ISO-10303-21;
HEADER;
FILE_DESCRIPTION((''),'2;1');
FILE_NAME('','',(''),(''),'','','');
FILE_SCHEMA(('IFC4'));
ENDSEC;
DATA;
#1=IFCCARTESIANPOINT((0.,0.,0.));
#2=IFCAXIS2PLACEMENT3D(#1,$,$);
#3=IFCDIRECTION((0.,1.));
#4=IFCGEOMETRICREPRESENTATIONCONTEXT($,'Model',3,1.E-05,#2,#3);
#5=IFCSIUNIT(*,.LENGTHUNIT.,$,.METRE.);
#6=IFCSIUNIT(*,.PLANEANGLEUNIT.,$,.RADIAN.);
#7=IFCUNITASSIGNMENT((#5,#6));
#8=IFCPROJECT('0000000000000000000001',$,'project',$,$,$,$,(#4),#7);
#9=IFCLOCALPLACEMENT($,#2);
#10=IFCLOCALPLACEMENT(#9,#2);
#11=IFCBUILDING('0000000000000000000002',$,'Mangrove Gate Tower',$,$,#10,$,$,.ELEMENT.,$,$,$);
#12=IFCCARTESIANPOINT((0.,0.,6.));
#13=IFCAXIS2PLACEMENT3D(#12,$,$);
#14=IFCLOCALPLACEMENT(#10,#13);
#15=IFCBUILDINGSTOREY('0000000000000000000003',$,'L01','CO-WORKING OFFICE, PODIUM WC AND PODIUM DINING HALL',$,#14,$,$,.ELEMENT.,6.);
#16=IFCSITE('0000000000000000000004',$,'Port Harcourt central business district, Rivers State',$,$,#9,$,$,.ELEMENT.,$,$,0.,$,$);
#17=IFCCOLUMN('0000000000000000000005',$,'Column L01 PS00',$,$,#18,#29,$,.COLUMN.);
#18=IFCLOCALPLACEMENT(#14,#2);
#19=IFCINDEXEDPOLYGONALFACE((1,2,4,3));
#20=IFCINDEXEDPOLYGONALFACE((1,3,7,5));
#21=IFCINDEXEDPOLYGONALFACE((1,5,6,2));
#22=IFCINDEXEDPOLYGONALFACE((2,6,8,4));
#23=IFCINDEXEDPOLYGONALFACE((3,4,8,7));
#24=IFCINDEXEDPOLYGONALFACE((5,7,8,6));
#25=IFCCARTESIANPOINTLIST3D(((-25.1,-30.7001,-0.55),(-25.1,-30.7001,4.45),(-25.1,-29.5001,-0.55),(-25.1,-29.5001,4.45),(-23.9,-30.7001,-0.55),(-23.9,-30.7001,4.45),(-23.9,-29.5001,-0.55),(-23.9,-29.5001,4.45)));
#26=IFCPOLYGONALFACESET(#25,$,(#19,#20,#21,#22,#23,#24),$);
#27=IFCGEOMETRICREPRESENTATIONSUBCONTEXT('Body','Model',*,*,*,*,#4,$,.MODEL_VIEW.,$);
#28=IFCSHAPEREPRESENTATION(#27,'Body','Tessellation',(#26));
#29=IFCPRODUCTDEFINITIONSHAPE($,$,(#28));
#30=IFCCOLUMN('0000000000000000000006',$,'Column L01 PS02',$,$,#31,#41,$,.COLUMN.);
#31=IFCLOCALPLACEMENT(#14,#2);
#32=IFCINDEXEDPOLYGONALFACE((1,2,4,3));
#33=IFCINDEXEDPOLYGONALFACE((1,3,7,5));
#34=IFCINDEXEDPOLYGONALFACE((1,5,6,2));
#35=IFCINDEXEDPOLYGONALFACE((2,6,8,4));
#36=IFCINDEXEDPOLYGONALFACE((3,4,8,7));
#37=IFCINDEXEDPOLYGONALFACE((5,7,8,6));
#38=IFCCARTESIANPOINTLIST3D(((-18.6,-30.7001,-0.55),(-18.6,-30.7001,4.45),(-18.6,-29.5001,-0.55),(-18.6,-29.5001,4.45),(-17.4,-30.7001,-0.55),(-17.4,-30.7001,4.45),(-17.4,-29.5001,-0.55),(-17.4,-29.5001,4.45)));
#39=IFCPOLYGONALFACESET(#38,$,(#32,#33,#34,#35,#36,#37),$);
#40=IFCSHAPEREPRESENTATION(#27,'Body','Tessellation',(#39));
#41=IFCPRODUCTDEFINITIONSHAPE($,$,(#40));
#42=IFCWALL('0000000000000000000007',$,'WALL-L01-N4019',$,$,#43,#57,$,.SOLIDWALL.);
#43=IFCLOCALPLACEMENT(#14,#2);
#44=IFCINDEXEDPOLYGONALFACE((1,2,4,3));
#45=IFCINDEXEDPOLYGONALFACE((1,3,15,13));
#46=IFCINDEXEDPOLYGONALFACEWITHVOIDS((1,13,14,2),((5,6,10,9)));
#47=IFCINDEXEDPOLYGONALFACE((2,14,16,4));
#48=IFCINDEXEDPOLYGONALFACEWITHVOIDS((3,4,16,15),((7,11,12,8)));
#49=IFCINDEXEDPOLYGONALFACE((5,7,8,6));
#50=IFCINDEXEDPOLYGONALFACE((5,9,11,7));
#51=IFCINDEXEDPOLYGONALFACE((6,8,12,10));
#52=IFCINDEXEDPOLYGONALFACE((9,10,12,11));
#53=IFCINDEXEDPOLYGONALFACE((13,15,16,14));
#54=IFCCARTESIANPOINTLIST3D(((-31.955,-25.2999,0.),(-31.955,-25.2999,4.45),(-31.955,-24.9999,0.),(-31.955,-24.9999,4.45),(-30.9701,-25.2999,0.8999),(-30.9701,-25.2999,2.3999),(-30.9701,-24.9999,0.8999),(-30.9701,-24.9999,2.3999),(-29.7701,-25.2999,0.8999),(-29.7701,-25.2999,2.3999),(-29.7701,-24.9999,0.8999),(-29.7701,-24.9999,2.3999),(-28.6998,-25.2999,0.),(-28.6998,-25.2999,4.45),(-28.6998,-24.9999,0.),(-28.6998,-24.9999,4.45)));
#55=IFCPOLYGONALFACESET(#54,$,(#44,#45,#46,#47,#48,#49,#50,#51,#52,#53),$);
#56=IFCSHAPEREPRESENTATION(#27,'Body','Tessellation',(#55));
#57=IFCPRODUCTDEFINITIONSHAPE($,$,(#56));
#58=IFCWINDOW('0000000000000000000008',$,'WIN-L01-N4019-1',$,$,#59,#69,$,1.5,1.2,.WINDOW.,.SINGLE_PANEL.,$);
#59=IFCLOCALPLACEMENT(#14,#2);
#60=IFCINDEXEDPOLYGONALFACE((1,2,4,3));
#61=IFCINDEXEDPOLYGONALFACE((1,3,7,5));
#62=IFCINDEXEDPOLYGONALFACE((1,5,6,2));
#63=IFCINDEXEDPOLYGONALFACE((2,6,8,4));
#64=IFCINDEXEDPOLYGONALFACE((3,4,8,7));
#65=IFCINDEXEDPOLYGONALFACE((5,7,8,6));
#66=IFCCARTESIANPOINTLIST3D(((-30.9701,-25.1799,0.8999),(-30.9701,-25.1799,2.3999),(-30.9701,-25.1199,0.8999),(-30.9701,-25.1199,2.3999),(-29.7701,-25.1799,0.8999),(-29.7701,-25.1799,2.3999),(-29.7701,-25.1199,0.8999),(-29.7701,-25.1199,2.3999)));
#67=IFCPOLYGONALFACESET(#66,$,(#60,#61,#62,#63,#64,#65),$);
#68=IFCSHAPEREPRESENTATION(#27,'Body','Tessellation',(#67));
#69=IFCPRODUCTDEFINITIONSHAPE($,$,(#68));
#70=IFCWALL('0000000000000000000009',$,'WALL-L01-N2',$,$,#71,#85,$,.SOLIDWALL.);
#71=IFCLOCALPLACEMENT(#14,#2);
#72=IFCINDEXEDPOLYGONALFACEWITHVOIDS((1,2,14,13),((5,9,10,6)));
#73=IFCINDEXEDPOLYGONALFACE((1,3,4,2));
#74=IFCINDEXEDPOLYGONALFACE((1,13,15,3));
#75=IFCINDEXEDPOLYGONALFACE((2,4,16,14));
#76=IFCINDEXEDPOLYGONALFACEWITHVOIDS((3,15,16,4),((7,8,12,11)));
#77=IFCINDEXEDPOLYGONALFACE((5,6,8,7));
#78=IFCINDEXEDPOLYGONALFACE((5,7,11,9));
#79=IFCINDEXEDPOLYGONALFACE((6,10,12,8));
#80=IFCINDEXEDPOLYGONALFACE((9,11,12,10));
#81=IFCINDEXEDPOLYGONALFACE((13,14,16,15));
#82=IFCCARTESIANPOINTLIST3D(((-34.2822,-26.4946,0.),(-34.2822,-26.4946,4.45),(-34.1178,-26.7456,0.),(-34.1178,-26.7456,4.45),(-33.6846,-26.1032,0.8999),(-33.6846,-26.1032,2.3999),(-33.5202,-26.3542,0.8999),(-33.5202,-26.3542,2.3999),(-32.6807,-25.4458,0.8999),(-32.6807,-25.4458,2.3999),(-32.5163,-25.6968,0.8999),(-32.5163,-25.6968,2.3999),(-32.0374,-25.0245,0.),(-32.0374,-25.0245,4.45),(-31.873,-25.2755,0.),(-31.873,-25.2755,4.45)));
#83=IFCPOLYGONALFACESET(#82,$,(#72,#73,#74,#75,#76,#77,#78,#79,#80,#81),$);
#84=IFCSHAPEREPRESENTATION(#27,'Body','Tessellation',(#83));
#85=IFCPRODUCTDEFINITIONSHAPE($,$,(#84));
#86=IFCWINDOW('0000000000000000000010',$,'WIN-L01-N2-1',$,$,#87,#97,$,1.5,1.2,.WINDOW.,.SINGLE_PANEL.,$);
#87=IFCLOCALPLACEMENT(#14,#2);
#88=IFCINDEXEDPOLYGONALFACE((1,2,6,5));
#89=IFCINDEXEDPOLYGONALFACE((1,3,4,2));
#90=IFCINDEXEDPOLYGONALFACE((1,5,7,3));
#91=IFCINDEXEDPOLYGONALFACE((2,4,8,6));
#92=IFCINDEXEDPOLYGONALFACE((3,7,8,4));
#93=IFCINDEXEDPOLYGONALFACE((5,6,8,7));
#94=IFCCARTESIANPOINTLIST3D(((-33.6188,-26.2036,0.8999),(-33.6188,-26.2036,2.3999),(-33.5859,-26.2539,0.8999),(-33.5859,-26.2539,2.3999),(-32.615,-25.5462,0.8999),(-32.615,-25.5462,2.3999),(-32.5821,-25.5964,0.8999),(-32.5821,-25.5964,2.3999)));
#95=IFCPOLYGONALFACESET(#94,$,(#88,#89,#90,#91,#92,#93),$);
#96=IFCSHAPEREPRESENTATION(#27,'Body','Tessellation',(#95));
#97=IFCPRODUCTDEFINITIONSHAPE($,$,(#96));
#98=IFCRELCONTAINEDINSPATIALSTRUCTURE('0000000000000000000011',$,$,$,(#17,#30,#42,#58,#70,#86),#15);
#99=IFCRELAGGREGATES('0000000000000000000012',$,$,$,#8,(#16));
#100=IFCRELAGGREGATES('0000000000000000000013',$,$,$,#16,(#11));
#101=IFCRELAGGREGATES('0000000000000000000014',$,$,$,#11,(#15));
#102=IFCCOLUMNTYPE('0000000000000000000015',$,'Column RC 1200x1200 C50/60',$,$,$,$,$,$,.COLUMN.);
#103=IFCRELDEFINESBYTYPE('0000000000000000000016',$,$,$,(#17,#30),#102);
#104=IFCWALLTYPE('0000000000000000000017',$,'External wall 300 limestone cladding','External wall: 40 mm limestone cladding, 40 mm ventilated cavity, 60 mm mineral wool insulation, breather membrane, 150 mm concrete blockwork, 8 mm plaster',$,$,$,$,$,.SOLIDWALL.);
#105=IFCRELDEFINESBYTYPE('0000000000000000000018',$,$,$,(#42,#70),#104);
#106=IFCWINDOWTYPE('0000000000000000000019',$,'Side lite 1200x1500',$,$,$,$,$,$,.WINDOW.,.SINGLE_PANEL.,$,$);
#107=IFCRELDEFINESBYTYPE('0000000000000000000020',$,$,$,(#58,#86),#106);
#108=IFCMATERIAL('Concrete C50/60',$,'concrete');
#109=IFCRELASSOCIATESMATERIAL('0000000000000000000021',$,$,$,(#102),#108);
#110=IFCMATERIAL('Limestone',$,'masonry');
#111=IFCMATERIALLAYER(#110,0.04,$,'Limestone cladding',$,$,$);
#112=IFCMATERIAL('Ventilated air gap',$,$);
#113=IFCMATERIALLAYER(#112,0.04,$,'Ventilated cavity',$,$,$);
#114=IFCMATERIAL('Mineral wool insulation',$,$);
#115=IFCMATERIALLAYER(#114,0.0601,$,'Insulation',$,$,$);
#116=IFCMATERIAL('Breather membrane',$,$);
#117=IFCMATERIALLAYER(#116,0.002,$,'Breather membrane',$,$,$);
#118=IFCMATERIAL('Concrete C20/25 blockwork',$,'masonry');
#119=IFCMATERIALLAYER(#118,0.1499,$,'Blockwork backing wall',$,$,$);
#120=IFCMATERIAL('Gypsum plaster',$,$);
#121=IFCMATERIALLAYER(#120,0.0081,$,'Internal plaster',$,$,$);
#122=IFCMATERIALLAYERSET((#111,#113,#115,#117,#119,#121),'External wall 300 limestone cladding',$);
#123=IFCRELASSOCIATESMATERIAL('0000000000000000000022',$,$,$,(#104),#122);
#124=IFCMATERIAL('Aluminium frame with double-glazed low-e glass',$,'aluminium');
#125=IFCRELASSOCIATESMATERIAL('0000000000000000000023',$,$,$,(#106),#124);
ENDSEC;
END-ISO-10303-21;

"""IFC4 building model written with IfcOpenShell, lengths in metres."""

from ifc_helpers import new_model, si_unit, direction, frame, frame_2d, origin, origin_2d, place, context, subcontext, project, spatial, rectangle, extrude, material, layer, layer_set, material_profile, profile_set, type_object, element, fill, save


model = new_model("IFC4")

# Units and contexts
model_context = context("Model", 3, precision=1e-05, world=origin(), true_north=direction((0.0, 1.0)))
body_context = subcontext(model_context, "Body", "Model", "MODEL_VIEW")
ifc_project = project(units=[si_unit("LENGTHUNIT", "METRE"), si_unit("PLANEANGLEUNIT", "RADIAN")], contexts=[model_context])

# Site, building, storey
site_placement = place(None, origin())
site = spatial("IfcSite", under=ifc_project, at=site_placement, Name="Port Harcourt central business district, Rivers State", CompositionType="ELEMENT", RefElevation=0.0)
building_placement = place(site_placement, origin())
building = spatial("IfcBuilding", under=site, at=building_placement, Name="Mangrove Gate Tower", CompositionType="ELEMENT")
storey_placement = place(building_placement, frame((0.0, 0.0, 6.0)))
storey = spatial("IfcBuildingStorey", under=building, at=storey_placement, Name="L01", Description="CO-WORKING OFFICE, PODIUM WC AND PODIUM DINING HALL", CompositionType="ELEMENT", Elevation=6.0)

# Columns
ifc_material_1 = material(Name="Concrete C50/60", Category="concrete")
ifc_material_profile = material_profile(ifc_material_1, rectangle(XDim=1.2, YDim=1.2, at=origin_2d()))
ifc_profile_set = profile_set([ifc_material_profile], Name="Concrete C50/60")
column_type = type_object("IfcColumnType", Name="Column RC 1200x1200 C50/60", PredefinedType="COLUMN", material=ifc_profile_set)
for number, where, z_axis, x_axis, name in (
    (1, (-24.5, -30.1001, -0.55), (0.0, 0.0, 1.0), (1.0, 0.0, 0.0), "Column L01 PS00"),
    (2, (-18.0, -30.1001, -0.55), (0.0, 0.0, 1.0), (1.0, 0.0, 0.0), "Column L01 PS02"),
):
    element("IfcColumn", number, at=place(storey_placement, frame(where, z_axis=z_axis, x_axis=x_axis)), inside=storey, type_object=column_type, Name=name, PredefinedType="COLUMN", context=body_context, shape_type="SweptSolid", body=[
        extrude(rectangle(XDim=1.2, YDim=1.2, at=origin_2d()), origin(), (0.0, 0.0, 1.0), 5.0),
    ])

# Walls, openings, windows
ifc_material_2 = material(Name="Limestone", Category="masonry")
ifc_layer_1 = layer(ifc_material_2, 0.04, Name="Limestone cladding")
ifc_material_3 = material(Name="Ventilated air gap")
ifc_layer_2 = layer(ifc_material_3, 0.04, Name="Ventilated cavity")
ifc_material_4 = material(Name="Mineral wool insulation")
ifc_layer_3 = layer(ifc_material_4, 0.0601, Name="Insulation")
ifc_material_5 = material(Name="Breather membrane")
ifc_layer_4 = layer(ifc_material_5, 0.002, Name="Breather membrane")
ifc_material_6 = material(Name="Concrete C20/25 blockwork", Category="masonry")
ifc_layer_5 = layer(ifc_material_6, 0.1499, Name="Blockwork backing wall")
ifc_material_7 = material(Name="Gypsum plaster")
ifc_layer_6 = layer(ifc_material_7, 0.0081, Name="Internal plaster")
ifc_layer_set = layer_set([ifc_layer_1, ifc_layer_2, ifc_layer_3, ifc_layer_4, ifc_layer_5, ifc_layer_6], Name="External wall 300 limestone cladding")
wall_type = type_object("IfcWallType", Name="External wall 300 limestone cladding", Description="External wall: 40 mm limestone cladding, 40 mm ventilated cavity, 60 mm mineral wool insulation, breather membrane, 150 mm concrete blockwork, 8 mm plaster", PredefinedType="SOLIDWALL", material=ifc_layer_set)
wall_1_placement = place(storey_placement, frame((-28.7, -25.1499, 0.0), z_axis=(0.0, 0.0, 1.0), x_axis=(-1.0, 0.0, 0.0)))
wall_1 = element("IfcWall", 3, at=wall_1_placement, inside=storey, type_object=wall_type, Name="WALL-L01-N4019", PredefinedType="SOLIDWALL", context=body_context, shape_type="SweptSolid", body=[
    extrude(rectangle(XDim=3.2551, YDim=0.3, at=frame_2d((1.6274, 0.0))), origin(), (0.0, 0.0, 1.0), 4.45),
])
opening_1_placement = place(wall_1_placement, frame((1.0701, 0.0, 0.8999)))
opening_1 = element("IfcOpeningElement", 4, at=opening_1_placement, cuts=wall_1, PredefinedType="OPENING", context=body_context, shape_type="SweptSolid", body=[
    extrude(rectangle(XDim=1.2, YDim=1.5, at=frame_2d((0.6001, 0.75))), frame((0.0, 0.1599, 0.0), z_axis=(0.0, -1.0, 0.0), x_axis=(1.0, 0.0, 0.0)), (0.0, 0.0, 1.0), 0.3201),
])
ifc_material_8 = material(Name="Aluminium frame with double-glazed low-e glass", Category="aluminium")
window_type = type_object("IfcWindowType", Name="Side lite 1200x1500", PartitioningType="SINGLE_PANEL", PredefinedType="WINDOW", material=ifc_material_8)
window_1_placement = place(opening_1_placement, origin())
window_1 = element("IfcWindow", 5, at=window_1_placement, inside=storey, type_object=window_type, Name="WIN-L01-N4019-1", OverallHeight=1.5, OverallWidth=1.2, PartitioningType="SINGLE_PANEL", PredefinedType="WINDOW", context=body_context, shape_type="SweptSolid", body=[
    extrude(rectangle(XDim=1.2, YDim=1.5, at=frame_2d((0.6001, 0.75))), frame((0.0, 0.03, 0.0), z_axis=(0.0, -1.0, 0.0), x_axis=(1.0, 0.0, 0.0)), (0.0, 0.0, 1.0), 0.0601),
])
fill(opening_1, window_1)
wall_2_placement = place(storey_placement, frame((-31.9551, -25.1499, 0.0), z_axis=(0.0, 0.0, 1.0), x_axis=(-0.836557, -0.547879, 0.0)))
wall_2 = element("IfcWall", 6, at=wall_2_placement, inside=storey, type_object=wall_type, Name="WALL-L01-N2", PredefinedType="SOLIDWALL", context=body_context, shape_type="SweptSolid", body=[
    extrude(rectangle(XDim=2.6833, YDim=0.3, at=frame_2d((1.3418, 0.0))), origin(), (0.0, 0.0, 1.0), 4.45),
])
opening_2_placement = place(wall_2_placement, frame((0.769, 0.0, 0.8999)))
opening_2 = element("IfcOpeningElement", 7, at=opening_2_placement, cuts=wall_2, PredefinedType="OPENING", context=body_context, shape_type="SweptSolid", body=[
    extrude(rectangle(XDim=1.2, YDim=1.5, at=frame_2d((0.6001, 0.75))), frame((0.0, 0.1599, 0.0), z_axis=(0.0, -1.0, 0.0), x_axis=(1.0, 0.0, 0.0)), (0.0, 0.0, 1.0), 0.3201),
])
window_2_placement = place(opening_2_placement, origin())
window_2 = element("IfcWindow", 8, at=window_2_placement, inside=storey, type_object=window_type, Name="WIN-L01-N2-1", OverallHeight=1.5, OverallWidth=1.2, PartitioningType="SINGLE_PANEL", PredefinedType="WINDOW", context=body_context, shape_type="SweptSolid", body=[
    extrude(rectangle(XDim=1.2, YDim=1.5, at=frame_2d((0.6001, 0.75))), frame((0.0, 0.03, 0.0), z_axis=(0.0, -1.0, 0.0), x_axis=(1.0, 0.0, 0.0)), (0.0, 0.0, 1.0), 0.0601),
])
fill(opening_2, window_2)

save(model, "model.ifc")
